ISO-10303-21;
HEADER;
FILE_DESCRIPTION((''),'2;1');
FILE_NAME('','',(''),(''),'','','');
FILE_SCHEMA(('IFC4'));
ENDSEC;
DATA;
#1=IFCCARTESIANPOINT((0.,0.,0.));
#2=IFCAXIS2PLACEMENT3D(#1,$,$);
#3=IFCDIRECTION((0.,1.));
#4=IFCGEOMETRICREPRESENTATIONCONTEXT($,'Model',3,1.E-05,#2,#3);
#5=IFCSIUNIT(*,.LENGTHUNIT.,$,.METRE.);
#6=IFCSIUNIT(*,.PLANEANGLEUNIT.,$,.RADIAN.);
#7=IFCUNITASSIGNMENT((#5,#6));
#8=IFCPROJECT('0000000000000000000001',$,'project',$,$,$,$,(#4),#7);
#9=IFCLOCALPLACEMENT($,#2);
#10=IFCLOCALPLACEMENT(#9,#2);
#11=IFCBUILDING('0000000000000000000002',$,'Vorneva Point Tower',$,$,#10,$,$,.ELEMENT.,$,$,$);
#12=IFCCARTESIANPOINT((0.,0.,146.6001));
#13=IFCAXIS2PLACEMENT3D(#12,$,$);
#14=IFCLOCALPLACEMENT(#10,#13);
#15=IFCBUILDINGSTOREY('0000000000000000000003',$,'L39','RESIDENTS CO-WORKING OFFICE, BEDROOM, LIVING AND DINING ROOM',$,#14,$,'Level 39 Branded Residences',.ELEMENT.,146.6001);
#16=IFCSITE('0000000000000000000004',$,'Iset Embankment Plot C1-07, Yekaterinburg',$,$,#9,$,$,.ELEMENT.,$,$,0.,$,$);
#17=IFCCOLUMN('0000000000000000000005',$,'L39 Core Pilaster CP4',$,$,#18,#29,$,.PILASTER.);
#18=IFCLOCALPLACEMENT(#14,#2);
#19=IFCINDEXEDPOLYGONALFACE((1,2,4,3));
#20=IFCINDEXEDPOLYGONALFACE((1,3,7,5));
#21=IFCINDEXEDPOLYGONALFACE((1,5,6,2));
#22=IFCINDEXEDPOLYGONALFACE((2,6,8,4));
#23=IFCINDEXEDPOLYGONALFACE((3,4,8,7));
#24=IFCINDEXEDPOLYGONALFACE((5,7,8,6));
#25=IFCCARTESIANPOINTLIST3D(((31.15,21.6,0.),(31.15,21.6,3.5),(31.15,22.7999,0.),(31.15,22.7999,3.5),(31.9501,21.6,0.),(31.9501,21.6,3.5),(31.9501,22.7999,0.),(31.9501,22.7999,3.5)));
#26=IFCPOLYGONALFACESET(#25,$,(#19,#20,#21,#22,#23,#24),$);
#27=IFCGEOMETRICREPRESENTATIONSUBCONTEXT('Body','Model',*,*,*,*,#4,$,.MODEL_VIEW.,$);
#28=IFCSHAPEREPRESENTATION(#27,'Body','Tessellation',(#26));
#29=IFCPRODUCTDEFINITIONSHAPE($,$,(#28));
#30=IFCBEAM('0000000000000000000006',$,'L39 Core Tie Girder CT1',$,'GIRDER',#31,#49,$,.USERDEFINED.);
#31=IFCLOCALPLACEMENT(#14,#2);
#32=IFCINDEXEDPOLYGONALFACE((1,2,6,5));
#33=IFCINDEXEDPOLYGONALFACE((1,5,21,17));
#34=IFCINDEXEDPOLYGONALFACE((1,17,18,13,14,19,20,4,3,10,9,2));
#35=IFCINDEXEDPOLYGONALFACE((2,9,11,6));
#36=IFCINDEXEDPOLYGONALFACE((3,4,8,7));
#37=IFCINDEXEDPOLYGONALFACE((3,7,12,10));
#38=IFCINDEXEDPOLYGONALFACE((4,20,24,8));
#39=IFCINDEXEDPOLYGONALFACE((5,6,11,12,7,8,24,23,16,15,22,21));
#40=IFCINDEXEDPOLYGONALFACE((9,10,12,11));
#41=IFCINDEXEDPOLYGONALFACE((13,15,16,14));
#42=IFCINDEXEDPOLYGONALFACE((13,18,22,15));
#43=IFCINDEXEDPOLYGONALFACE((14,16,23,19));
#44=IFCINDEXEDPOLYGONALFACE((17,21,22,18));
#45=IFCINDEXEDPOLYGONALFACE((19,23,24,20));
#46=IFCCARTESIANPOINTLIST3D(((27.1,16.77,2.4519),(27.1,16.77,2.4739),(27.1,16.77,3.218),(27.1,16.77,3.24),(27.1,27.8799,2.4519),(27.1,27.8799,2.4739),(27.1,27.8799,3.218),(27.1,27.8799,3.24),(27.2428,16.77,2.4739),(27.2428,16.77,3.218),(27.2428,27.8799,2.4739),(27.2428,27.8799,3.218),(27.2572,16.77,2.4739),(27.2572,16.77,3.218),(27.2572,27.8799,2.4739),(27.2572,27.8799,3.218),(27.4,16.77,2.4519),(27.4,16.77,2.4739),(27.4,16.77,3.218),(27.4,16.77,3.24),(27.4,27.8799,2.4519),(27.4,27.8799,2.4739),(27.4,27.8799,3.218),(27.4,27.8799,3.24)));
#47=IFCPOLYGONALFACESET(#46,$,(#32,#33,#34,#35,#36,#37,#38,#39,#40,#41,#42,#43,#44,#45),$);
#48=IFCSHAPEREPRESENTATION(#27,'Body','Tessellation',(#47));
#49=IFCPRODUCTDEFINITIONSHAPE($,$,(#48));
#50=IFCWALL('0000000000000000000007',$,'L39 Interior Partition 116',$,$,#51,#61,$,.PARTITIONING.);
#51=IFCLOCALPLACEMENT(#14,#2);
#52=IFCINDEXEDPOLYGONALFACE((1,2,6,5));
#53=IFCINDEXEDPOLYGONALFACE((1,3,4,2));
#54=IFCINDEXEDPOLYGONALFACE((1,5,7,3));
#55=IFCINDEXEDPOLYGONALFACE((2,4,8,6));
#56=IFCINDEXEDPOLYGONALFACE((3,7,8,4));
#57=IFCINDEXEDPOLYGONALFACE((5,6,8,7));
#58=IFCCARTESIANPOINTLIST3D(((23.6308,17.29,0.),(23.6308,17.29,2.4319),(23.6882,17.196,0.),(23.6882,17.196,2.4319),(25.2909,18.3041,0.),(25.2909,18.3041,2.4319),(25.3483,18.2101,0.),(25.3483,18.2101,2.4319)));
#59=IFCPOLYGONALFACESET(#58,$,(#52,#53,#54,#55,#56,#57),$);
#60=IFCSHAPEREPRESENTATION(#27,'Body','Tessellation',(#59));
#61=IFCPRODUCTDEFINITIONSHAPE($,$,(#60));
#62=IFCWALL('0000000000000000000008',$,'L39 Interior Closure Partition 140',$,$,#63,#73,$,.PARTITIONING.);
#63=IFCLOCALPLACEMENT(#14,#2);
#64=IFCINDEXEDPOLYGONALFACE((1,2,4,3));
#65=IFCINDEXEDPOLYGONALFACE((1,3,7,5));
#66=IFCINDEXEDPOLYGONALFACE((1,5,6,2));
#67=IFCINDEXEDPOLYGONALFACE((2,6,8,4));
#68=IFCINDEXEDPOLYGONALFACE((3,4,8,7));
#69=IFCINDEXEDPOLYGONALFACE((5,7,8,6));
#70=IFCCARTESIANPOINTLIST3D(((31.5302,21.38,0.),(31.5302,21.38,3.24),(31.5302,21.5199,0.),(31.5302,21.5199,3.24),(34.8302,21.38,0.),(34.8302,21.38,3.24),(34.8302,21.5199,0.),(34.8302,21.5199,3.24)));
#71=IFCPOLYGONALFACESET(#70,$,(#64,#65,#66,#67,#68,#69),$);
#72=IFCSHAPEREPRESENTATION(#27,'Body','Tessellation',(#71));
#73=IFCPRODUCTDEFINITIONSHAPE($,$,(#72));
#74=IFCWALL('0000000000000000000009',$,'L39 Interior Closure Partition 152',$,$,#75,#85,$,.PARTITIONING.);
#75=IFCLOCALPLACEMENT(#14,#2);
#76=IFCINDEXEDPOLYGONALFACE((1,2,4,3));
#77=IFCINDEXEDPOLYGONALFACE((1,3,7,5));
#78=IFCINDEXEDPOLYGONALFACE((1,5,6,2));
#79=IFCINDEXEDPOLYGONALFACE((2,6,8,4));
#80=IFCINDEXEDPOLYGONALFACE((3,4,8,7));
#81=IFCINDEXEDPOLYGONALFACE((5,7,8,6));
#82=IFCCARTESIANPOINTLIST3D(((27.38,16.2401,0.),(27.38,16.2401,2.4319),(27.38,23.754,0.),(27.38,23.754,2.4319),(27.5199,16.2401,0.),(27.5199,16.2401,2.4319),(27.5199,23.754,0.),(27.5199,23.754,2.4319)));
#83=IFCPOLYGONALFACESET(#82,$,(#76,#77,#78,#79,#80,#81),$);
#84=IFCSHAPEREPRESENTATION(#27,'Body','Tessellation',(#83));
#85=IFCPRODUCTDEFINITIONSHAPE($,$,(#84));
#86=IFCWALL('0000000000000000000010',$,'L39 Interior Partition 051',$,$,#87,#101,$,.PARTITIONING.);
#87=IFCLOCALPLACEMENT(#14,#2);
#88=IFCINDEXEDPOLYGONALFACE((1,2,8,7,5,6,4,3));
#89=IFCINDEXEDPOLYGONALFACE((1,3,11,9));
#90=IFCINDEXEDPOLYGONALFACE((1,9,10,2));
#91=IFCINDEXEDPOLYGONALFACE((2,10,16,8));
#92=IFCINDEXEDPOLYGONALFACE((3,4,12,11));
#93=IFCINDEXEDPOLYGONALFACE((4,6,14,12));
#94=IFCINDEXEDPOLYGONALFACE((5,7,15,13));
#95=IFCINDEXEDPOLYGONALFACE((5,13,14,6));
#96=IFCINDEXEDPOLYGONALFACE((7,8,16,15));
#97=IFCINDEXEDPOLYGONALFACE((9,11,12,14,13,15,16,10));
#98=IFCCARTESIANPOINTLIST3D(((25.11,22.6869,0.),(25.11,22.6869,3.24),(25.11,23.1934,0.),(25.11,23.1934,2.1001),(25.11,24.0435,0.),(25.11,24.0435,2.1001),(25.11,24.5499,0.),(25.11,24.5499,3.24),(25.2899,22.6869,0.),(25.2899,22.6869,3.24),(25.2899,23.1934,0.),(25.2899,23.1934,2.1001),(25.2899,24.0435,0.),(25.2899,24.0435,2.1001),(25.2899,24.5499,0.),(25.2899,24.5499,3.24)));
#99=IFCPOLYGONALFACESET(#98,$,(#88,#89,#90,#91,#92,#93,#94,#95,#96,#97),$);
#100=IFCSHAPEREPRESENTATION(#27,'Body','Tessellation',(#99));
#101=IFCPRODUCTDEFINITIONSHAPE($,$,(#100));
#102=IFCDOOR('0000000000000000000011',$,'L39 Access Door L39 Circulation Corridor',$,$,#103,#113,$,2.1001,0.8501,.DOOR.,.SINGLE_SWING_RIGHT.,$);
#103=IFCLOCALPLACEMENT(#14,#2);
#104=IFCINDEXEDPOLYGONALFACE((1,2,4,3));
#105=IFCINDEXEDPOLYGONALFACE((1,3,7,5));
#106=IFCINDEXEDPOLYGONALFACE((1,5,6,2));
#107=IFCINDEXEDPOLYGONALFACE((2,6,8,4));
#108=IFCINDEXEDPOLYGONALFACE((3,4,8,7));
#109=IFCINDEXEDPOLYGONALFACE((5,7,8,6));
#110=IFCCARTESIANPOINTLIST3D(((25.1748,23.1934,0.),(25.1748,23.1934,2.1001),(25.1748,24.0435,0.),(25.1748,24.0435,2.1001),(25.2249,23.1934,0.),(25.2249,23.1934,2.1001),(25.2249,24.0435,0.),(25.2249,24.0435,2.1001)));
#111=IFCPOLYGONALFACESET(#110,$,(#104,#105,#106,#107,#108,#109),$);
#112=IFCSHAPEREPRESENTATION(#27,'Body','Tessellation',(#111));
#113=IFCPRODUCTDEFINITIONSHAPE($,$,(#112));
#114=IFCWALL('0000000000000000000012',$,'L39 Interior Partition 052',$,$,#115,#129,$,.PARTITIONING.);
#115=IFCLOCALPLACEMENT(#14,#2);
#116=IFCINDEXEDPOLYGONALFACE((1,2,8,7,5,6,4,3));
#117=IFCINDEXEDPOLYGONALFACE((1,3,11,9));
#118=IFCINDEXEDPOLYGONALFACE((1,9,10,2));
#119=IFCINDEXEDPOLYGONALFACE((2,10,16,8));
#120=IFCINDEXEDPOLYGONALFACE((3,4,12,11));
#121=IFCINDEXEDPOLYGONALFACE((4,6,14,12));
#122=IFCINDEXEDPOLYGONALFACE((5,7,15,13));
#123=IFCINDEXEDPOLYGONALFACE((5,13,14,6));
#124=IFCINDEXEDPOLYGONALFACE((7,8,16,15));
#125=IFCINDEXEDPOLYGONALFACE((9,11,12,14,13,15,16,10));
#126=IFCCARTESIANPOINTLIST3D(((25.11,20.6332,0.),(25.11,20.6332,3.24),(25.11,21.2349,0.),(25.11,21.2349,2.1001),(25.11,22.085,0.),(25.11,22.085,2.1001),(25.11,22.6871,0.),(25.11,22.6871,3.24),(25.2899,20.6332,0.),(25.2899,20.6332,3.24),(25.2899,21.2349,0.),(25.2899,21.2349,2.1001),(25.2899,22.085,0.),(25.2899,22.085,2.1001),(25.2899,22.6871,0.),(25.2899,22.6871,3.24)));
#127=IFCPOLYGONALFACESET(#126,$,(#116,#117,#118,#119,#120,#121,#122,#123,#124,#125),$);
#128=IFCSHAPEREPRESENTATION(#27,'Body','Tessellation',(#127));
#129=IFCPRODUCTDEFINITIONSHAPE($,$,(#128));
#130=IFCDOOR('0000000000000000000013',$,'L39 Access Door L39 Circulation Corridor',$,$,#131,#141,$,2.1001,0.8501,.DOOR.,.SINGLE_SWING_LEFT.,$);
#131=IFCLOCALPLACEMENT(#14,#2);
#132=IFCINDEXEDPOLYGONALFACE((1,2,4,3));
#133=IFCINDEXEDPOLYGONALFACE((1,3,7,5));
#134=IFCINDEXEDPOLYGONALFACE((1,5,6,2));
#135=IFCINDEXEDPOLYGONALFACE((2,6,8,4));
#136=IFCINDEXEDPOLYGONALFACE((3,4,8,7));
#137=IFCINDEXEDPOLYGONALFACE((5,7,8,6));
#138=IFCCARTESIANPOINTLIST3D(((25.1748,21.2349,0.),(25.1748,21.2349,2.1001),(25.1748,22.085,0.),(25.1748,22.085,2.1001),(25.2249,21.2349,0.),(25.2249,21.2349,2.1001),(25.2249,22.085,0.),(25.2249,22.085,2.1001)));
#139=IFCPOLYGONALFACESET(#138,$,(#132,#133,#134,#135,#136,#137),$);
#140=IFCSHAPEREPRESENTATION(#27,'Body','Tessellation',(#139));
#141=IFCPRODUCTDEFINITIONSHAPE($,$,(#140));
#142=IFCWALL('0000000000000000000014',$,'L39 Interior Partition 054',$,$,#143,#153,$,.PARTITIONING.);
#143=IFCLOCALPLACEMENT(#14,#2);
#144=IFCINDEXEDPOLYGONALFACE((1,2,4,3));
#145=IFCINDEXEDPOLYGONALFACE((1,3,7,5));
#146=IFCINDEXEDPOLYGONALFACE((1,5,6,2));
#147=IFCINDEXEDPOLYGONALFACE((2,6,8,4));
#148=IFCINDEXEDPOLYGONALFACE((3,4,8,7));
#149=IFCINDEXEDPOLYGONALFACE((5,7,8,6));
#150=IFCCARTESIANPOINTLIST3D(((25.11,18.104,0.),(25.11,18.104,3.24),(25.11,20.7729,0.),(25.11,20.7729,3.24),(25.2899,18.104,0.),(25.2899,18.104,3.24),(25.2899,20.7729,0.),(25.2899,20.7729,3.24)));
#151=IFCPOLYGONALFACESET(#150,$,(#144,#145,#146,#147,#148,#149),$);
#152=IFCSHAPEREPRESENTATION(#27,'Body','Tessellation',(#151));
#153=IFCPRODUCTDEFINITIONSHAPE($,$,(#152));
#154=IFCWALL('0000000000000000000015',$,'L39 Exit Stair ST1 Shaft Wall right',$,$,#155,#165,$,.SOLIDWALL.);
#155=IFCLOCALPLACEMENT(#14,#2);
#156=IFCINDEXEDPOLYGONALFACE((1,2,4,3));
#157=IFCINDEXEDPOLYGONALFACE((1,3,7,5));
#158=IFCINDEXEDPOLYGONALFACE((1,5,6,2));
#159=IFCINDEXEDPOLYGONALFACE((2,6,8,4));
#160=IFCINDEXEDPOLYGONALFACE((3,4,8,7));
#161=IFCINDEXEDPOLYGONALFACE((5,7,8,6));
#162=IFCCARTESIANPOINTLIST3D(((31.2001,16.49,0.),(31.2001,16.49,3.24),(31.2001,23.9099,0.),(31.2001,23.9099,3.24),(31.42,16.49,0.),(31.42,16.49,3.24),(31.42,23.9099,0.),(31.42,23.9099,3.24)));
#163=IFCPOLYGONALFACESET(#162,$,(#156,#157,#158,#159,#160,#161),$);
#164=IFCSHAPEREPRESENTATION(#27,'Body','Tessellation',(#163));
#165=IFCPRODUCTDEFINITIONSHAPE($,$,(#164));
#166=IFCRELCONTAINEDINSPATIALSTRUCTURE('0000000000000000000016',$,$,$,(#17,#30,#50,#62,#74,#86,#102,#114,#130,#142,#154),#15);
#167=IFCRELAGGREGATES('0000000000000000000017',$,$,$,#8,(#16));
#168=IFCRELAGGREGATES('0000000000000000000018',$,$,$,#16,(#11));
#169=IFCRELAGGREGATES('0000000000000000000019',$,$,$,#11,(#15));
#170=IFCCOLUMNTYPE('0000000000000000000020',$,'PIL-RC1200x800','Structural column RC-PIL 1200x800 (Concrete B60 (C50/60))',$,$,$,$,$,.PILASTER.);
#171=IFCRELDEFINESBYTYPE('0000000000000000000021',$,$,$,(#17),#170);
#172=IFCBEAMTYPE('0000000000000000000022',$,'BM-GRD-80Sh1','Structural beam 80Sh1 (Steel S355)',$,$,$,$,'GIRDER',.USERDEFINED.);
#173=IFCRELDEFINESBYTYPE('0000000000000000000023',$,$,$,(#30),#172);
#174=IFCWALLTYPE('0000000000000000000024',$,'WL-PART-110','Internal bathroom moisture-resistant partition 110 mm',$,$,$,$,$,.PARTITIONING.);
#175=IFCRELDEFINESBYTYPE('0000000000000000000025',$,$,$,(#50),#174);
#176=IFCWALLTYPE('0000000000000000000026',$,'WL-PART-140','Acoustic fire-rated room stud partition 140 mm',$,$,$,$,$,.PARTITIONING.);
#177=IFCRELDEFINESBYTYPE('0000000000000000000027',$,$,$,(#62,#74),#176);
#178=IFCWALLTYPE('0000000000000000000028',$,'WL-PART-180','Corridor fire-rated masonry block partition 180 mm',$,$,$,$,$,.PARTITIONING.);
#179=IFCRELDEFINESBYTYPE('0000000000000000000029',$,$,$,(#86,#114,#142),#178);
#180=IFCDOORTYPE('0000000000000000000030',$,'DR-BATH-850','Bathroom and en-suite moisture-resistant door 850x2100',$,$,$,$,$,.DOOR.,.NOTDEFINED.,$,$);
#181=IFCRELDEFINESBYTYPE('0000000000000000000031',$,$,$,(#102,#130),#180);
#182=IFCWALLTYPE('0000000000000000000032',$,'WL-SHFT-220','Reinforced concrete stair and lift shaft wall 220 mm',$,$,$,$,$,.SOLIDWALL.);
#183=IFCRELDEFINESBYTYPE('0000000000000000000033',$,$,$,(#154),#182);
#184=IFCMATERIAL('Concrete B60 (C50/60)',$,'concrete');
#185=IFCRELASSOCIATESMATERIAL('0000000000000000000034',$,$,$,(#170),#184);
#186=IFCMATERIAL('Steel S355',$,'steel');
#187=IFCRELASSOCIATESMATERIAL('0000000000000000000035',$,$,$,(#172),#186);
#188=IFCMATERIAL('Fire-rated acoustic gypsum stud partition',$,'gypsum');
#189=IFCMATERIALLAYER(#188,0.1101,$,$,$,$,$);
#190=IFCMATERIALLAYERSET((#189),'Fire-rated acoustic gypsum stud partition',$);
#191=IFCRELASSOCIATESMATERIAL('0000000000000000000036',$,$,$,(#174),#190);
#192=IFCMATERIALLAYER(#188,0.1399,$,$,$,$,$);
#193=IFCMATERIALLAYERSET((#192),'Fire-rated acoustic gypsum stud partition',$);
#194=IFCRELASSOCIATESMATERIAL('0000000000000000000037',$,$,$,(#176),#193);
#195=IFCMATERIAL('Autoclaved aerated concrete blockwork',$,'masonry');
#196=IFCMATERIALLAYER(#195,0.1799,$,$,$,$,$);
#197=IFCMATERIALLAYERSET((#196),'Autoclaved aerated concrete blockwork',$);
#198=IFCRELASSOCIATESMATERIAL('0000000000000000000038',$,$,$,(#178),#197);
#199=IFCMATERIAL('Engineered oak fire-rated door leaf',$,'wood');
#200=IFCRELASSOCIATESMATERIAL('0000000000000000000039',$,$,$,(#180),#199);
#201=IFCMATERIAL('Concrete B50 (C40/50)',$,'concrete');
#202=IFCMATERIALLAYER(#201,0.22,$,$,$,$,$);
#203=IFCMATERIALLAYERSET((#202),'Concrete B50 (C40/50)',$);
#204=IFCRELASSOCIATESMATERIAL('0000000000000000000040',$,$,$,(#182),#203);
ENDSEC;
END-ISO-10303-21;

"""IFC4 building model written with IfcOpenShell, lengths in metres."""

from ifc_helpers import new_model, si_unit, direction, frame, frame_2d, origin, origin_2d, place, context, subcontext, project, spatial, rectangle, i_section, extrude, material, layer, layer_set, material_profile, profile_set, type_object, element, fill, save


model = new_model("IFC4")

# Units and contexts
model_context = context("Model", 3, precision=1e-05, world=origin(), true_north=direction((0.0, 1.0)))
body_context = subcontext(model_context, "Body", "Model", "MODEL_VIEW")
ifc_project = project(units=[si_unit("LENGTHUNIT", "METRE"), si_unit("PLANEANGLEUNIT", "RADIAN")], contexts=[model_context])

# Site, building, storey
site_placement = place(None, origin())
site = spatial("IfcSite", under=ifc_project, at=site_placement, Name="Iset Embankment Plot C1-07, Yekaterinburg", CompositionType="ELEMENT", RefElevation=0.0)
building_placement = place(site_placement, origin())
building = spatial("IfcBuilding", under=site, at=building_placement, Name="Vorneva Point Tower", CompositionType="ELEMENT")
storey_placement = place(building_placement, frame((0.0, 0.0, 146.6001)))
storey = spatial("IfcBuildingStorey", under=building, at=storey_placement, Name="L39", Description="RESIDENTS CO-WORKING OFFICE, BEDROOM, LIVING AND DINING ROOM", LongName="Level 39 Branded Residences", CompositionType="ELEMENT", Elevation=146.6001)

# Column
ifc_material_1 = material(Name="Concrete B60 (C50/60)", Category="concrete")
ifc_material_profile_1 = material_profile(ifc_material_1, rectangle(XDim=0.8, YDim=1.2, at=origin_2d()), Name="RC-PIL 1200x800")
ifc_profile_set_1 = profile_set([ifc_material_profile_1], Name="Concrete B60 (C50/60)")
column_type = type_object("IfcColumnType", Name="PIL-RC1200x800", Description="Structural column RC-PIL 1200x800 (Concrete B60 (C50/60))", PredefinedType="PILASTER", material=ifc_profile_set_1)
column_placement = place(storey_placement, frame((31.55, 22.2, 0.0), z_axis=(0.0, 0.0, 1.0), x_axis=(1.0, 0.0, 0.0)))
element("IfcColumn", 1, at=column_placement, inside=storey, type_object=column_type, Name="L39 Core Pilaster CP4", PredefinedType="PILASTER", context=body_context, shape_type="SweptSolid", body=[
    extrude(rectangle(XDim=0.8, YDim=1.2, at=origin_2d()), origin(), (0.0, 0.0, 1.0), 3.5),
])

# Beam
ifc_material_2 = material(Name="Steel S355", Category="steel")
ifc_material_profile_2 = material_profile(ifc_material_2, i_section(OverallWidth=0.3, OverallDepth=0.7881, WebThickness=0.0144, FlangeThickness=0.022, at=origin_2d()), Name="80Sh1")
ifc_profile_set_2 = profile_set([ifc_material_profile_2], Name="Steel S355")
beam_type = type_object("IfcBeamType", Name="BM-GRD-80Sh1", Description="Structural beam 80Sh1 (Steel S355)", ElementType="GIRDER", PredefinedType="USERDEFINED", material=ifc_profile_set_2)
beam_placement = place(storey_placement, frame((27.25, 16.77, 2.8459), z_axis=(0.0, 1.0, 0.0), x_axis=(-1.0, 0.0, 0.0)))
element("IfcBeam", 2, at=beam_placement, inside=storey, type_object=beam_type, Name="L39 Core Tie Girder CT1", ObjectType="GIRDER", PredefinedType="USERDEFINED", context=body_context, shape_type="SweptSolid", body=[
    extrude(i_section(OverallWidth=0.3, OverallDepth=0.7881, WebThickness=0.0144, FlangeThickness=0.022, at=origin_2d()), origin(), (0.0, 0.0, 1.0), 11.1099),
])

# Walls
ifc_material_3 = material(Name="Fire-rated acoustic gypsum stud partition", Category="gypsum")
ifc_layer_1 = layer(ifc_material_3, 0.1101)
ifc_layer_set_1 = layer_set([ifc_layer_1], Name="Fire-rated acoustic gypsum stud partition")
wall_type_1 = type_object("IfcWallType", Name="WL-PART-110", Description="Internal bathroom moisture-resistant partition 110 mm", PredefinedType="PARTITIONING", material=ifc_layer_set_1)
wall_1_placement = place(storey_placement, frame((25.3196, 18.2571, 0.0), z_axis=(0.0, 0.0, 1.0), x_axis=(-0.853369, -0.521308, 0.0)))
element("IfcWall", 3, at=wall_1_placement, inside=storey, type_object=wall_type_1, Name="L39 Interior Partition 116", PredefinedType="PARTITIONING", context=body_context, shape_type="SweptSolid", body=[
    extrude(rectangle(XDim=1.9453, YDim=0.1101, at=frame_2d((0.9727, 0.0))), origin(), (0.0, 0.0, 1.0), 2.4319),
])
ifc_layer_2 = layer(ifc_material_3, 0.1399)
ifc_layer_set_2 = layer_set([ifc_layer_2], Name="Fire-rated acoustic gypsum stud partition")
wall_type_2 = type_object("IfcWallType", Name="WL-PART-140", Description="Acoustic fire-rated room stud partition 140 mm", PredefinedType="PARTITIONING", material=ifc_layer_set_2)
wall_2_placement = place(storey_placement, frame((34.8301, 21.45, 0.0), z_axis=(0.0, 0.0, 1.0), x_axis=(-1.0, 0.0, 0.0)))
element("IfcWall", 4, at=wall_2_placement, inside=storey, type_object=wall_type_2, Name="L39 Interior Closure Partition 140", PredefinedType="PARTITIONING", context=body_context, shape_type="SweptSolid", body=[
    extrude(rectangle(XDim=3.3, YDim=0.1399, at=frame_2d((1.6499, 0.0))), origin(), (0.0, 0.0, 1.0), 3.24),
])
wall_3_placement = place(storey_placement, frame((27.45, 23.7539, 0.0), z_axis=(0.0, 0.0, 1.0), x_axis=(0.0, -1.0, 0.0)))
element("IfcWall", 5, at=wall_3_placement, inside=storey, type_object=wall_type_2, Name="L39 Interior Closure Partition 152", PredefinedType="PARTITIONING", context=body_context, shape_type="SweptSolid", body=[
    extrude(rectangle(XDim=7.5139, YDim=0.1399, at=frame_2d((3.7568, 0.0))), origin(), (0.0, 0.0, 1.0), 2.4319),
])

# Walls, openings, doors
ifc_material_4 = material(Name="Autoclaved aerated concrete blockwork", Category="masonry")
ifc_layer_3 = layer(ifc_material_4, 0.1799)
ifc_layer_set_3 = layer_set([ifc_layer_3], Name="Autoclaved aerated concrete blockwork")
wall_type_3 = type_object("IfcWallType", Name="WL-PART-180", Description="Corridor fire-rated masonry block partition 180 mm", PredefinedType="PARTITIONING", material=ifc_layer_set_3)
wall_4_placement = place(storey_placement, frame((25.2, 24.55, 0.0), z_axis=(0.0, 0.0, 1.0), x_axis=(0.0, -1.0, 0.0)))
wall_4 = element("IfcWall", 6, at=wall_4_placement, inside=storey, type_object=wall_type_3, Name="L39 Interior Partition 051", PredefinedType="PARTITIONING", context=body_context, shape_type="SweptSolid", body=[
    extrude(rectangle(XDim=1.863, YDim=0.1799, at=frame_2d((0.9316, 0.0))), origin(), (0.0, 0.0, 1.0), 3.24),
])
opening_1_placement = place(wall_4_placement, frame((0.5066, 0.0, 0.0)))
opening_1 = element("IfcOpeningElement", 7, at=opening_1_placement, cuts=wall_4, PredefinedType="OPENING", context=body_context, shape_type="SweptSolid", body=[
    extrude(rectangle(XDim=0.8501, YDim=2.1001, at=frame_2d((0.425, 1.05))), frame((0.0, 0.105, 0.0), z_axis=(0.0, -1.0, 0.0), x_axis=(1.0, 0.0, 0.0)), (0.0, 0.0, 1.0), 0.2097),
])
ifc_material_5 = material(Name="Engineered oak fire-rated door leaf", Category="wood")
door_type_1 = type_object("IfcDoorType", Name="DR-BATH-850", Description="Bathroom and en-suite moisture-resistant door 850x2100", OperationType="NOTDEFINED", PredefinedType="DOOR", material=ifc_material_5)
door_1_placement = place(opening_1_placement, origin())
door_1 = element("IfcDoor", 8, at=door_1_placement, inside=storey, type_object=door_type_1, Name="L39 Access Door L39 Circulation Corridor", OperationType="SINGLE_SWING_RIGHT", OverallHeight=2.1001, OverallWidth=0.8501, PredefinedType="DOOR", context=body_context, shape_type="SweptSolid", body=[
    extrude(rectangle(XDim=0.8501, YDim=2.1001, at=frame_2d((0.425, 1.05))), frame((0.0, 0.0249, 0.0), z_axis=(0.0, -1.0, 0.0), x_axis=(1.0, 0.0, 0.0)), (0.0, 0.0, 1.0), 0.05),
])
fill(opening_1, door_1)
wall_5_placement = place(storey_placement, frame((25.2, 22.687, 0.0), z_axis=(0.0, 0.0, 1.0), x_axis=(0.0, -1.0, 0.0)))
wall_5 = element("IfcWall", 9, at=wall_5_placement, inside=storey, type_object=wall_type_3, Name="L39 Interior Partition 052", PredefinedType="PARTITIONING", context=body_context, shape_type="SweptSolid", body=[
    extrude(rectangle(XDim=2.054, YDim=0.1799, at=frame_2d((1.0269, 0.0))), origin(), (0.0, 0.0, 1.0), 3.24),
])
opening_2_placement = place(wall_5_placement, frame((0.6021, 0.0, 0.0)))
opening_2 = element("IfcOpeningElement", 10, at=opening_2_placement, cuts=wall_5, PredefinedType="OPENING", context=body_context, shape_type="SweptSolid", body=[
    extrude(rectangle(XDim=0.8501, YDim=2.1001, at=frame_2d((0.425, 1.05))), frame((0.0, 0.105, 0.0), z_axis=(0.0, -1.0, 0.0), x_axis=(1.0, 0.0, 0.0)), (0.0, 0.0, 1.0), 0.2097),
])
door_2_placement = place(opening_2_placement, origin())
door_2 = element("IfcDoor", 11, at=door_2_placement, inside=storey, type_object=door_type_1, Name="L39 Access Door L39 Circulation Corridor", OperationType="SINGLE_SWING_LEFT", OverallHeight=2.1001, OverallWidth=0.8501, PredefinedType="DOOR", context=body_context, shape_type="SweptSolid", body=[
    extrude(rectangle(XDim=0.8501, YDim=2.1001, at=frame_2d((0.425, 1.05))), frame((0.0, 0.0249, 0.0), z_axis=(0.0, -1.0, 0.0), x_axis=(1.0, 0.0, 0.0)), (0.0, 0.0, 1.0), 0.05),
])
fill(opening_2, door_2)

# Wall
wall_6_placement = place(storey_placement, frame((25.2, 20.7729, 0.0), z_axis=(0.0, 0.0, 1.0), x_axis=(0.0, -1.0, 0.0)))
element("IfcWall", 12, at=wall_6_placement, inside=storey, type_object=wall_type_3, Name="L39 Interior Partition 054", PredefinedType="PARTITIONING", context=body_context, shape_type="SweptSolid", body=[
    extrude(rectangle(XDim=2.6689, YDim=0.1799, at=frame_2d((1.3345, 0.0))), origin(), (0.0, 0.0, 1.0), 3.24),
])

# Shared definitions
ifc_material_6 = material(Name="Concrete B50 (C40/50)", Category="concrete")
ifc_layer_4 = layer(ifc_material_6, 0.22)
ifc_layer_set_4 = layer_set([ifc_layer_4], Name="Concrete B50 (C40/50)")
wall_type_4 = type_object("IfcWallType", Name="WL-SHFT-220", Description="Reinforced concrete stair and lift shaft wall 220 mm", PredefinedType="SOLIDWALL", material=ifc_layer_set_4)

# Wall
wall_7_placement = place(storey_placement, frame((31.3101, 23.9099, 0.0), z_axis=(0.0, 0.0, 1.0), x_axis=(0.0, -1.0, 0.0)))
element("IfcWall", 13, at=wall_7_placement, inside=storey, type_object=wall_type_4, Name="L39 Exit Stair ST1 Shaft Wall right", PredefinedType="SOLIDWALL", context=body_context, shape_type="SweptSolid", body=[
    extrude(rectangle(XDim=7.4199, YDim=0.22, at=frame_2d((3.71, 0.0))), origin(), (0.0, 0.0, 1.0), 3.24),
])

save(model, "model.ifc")
